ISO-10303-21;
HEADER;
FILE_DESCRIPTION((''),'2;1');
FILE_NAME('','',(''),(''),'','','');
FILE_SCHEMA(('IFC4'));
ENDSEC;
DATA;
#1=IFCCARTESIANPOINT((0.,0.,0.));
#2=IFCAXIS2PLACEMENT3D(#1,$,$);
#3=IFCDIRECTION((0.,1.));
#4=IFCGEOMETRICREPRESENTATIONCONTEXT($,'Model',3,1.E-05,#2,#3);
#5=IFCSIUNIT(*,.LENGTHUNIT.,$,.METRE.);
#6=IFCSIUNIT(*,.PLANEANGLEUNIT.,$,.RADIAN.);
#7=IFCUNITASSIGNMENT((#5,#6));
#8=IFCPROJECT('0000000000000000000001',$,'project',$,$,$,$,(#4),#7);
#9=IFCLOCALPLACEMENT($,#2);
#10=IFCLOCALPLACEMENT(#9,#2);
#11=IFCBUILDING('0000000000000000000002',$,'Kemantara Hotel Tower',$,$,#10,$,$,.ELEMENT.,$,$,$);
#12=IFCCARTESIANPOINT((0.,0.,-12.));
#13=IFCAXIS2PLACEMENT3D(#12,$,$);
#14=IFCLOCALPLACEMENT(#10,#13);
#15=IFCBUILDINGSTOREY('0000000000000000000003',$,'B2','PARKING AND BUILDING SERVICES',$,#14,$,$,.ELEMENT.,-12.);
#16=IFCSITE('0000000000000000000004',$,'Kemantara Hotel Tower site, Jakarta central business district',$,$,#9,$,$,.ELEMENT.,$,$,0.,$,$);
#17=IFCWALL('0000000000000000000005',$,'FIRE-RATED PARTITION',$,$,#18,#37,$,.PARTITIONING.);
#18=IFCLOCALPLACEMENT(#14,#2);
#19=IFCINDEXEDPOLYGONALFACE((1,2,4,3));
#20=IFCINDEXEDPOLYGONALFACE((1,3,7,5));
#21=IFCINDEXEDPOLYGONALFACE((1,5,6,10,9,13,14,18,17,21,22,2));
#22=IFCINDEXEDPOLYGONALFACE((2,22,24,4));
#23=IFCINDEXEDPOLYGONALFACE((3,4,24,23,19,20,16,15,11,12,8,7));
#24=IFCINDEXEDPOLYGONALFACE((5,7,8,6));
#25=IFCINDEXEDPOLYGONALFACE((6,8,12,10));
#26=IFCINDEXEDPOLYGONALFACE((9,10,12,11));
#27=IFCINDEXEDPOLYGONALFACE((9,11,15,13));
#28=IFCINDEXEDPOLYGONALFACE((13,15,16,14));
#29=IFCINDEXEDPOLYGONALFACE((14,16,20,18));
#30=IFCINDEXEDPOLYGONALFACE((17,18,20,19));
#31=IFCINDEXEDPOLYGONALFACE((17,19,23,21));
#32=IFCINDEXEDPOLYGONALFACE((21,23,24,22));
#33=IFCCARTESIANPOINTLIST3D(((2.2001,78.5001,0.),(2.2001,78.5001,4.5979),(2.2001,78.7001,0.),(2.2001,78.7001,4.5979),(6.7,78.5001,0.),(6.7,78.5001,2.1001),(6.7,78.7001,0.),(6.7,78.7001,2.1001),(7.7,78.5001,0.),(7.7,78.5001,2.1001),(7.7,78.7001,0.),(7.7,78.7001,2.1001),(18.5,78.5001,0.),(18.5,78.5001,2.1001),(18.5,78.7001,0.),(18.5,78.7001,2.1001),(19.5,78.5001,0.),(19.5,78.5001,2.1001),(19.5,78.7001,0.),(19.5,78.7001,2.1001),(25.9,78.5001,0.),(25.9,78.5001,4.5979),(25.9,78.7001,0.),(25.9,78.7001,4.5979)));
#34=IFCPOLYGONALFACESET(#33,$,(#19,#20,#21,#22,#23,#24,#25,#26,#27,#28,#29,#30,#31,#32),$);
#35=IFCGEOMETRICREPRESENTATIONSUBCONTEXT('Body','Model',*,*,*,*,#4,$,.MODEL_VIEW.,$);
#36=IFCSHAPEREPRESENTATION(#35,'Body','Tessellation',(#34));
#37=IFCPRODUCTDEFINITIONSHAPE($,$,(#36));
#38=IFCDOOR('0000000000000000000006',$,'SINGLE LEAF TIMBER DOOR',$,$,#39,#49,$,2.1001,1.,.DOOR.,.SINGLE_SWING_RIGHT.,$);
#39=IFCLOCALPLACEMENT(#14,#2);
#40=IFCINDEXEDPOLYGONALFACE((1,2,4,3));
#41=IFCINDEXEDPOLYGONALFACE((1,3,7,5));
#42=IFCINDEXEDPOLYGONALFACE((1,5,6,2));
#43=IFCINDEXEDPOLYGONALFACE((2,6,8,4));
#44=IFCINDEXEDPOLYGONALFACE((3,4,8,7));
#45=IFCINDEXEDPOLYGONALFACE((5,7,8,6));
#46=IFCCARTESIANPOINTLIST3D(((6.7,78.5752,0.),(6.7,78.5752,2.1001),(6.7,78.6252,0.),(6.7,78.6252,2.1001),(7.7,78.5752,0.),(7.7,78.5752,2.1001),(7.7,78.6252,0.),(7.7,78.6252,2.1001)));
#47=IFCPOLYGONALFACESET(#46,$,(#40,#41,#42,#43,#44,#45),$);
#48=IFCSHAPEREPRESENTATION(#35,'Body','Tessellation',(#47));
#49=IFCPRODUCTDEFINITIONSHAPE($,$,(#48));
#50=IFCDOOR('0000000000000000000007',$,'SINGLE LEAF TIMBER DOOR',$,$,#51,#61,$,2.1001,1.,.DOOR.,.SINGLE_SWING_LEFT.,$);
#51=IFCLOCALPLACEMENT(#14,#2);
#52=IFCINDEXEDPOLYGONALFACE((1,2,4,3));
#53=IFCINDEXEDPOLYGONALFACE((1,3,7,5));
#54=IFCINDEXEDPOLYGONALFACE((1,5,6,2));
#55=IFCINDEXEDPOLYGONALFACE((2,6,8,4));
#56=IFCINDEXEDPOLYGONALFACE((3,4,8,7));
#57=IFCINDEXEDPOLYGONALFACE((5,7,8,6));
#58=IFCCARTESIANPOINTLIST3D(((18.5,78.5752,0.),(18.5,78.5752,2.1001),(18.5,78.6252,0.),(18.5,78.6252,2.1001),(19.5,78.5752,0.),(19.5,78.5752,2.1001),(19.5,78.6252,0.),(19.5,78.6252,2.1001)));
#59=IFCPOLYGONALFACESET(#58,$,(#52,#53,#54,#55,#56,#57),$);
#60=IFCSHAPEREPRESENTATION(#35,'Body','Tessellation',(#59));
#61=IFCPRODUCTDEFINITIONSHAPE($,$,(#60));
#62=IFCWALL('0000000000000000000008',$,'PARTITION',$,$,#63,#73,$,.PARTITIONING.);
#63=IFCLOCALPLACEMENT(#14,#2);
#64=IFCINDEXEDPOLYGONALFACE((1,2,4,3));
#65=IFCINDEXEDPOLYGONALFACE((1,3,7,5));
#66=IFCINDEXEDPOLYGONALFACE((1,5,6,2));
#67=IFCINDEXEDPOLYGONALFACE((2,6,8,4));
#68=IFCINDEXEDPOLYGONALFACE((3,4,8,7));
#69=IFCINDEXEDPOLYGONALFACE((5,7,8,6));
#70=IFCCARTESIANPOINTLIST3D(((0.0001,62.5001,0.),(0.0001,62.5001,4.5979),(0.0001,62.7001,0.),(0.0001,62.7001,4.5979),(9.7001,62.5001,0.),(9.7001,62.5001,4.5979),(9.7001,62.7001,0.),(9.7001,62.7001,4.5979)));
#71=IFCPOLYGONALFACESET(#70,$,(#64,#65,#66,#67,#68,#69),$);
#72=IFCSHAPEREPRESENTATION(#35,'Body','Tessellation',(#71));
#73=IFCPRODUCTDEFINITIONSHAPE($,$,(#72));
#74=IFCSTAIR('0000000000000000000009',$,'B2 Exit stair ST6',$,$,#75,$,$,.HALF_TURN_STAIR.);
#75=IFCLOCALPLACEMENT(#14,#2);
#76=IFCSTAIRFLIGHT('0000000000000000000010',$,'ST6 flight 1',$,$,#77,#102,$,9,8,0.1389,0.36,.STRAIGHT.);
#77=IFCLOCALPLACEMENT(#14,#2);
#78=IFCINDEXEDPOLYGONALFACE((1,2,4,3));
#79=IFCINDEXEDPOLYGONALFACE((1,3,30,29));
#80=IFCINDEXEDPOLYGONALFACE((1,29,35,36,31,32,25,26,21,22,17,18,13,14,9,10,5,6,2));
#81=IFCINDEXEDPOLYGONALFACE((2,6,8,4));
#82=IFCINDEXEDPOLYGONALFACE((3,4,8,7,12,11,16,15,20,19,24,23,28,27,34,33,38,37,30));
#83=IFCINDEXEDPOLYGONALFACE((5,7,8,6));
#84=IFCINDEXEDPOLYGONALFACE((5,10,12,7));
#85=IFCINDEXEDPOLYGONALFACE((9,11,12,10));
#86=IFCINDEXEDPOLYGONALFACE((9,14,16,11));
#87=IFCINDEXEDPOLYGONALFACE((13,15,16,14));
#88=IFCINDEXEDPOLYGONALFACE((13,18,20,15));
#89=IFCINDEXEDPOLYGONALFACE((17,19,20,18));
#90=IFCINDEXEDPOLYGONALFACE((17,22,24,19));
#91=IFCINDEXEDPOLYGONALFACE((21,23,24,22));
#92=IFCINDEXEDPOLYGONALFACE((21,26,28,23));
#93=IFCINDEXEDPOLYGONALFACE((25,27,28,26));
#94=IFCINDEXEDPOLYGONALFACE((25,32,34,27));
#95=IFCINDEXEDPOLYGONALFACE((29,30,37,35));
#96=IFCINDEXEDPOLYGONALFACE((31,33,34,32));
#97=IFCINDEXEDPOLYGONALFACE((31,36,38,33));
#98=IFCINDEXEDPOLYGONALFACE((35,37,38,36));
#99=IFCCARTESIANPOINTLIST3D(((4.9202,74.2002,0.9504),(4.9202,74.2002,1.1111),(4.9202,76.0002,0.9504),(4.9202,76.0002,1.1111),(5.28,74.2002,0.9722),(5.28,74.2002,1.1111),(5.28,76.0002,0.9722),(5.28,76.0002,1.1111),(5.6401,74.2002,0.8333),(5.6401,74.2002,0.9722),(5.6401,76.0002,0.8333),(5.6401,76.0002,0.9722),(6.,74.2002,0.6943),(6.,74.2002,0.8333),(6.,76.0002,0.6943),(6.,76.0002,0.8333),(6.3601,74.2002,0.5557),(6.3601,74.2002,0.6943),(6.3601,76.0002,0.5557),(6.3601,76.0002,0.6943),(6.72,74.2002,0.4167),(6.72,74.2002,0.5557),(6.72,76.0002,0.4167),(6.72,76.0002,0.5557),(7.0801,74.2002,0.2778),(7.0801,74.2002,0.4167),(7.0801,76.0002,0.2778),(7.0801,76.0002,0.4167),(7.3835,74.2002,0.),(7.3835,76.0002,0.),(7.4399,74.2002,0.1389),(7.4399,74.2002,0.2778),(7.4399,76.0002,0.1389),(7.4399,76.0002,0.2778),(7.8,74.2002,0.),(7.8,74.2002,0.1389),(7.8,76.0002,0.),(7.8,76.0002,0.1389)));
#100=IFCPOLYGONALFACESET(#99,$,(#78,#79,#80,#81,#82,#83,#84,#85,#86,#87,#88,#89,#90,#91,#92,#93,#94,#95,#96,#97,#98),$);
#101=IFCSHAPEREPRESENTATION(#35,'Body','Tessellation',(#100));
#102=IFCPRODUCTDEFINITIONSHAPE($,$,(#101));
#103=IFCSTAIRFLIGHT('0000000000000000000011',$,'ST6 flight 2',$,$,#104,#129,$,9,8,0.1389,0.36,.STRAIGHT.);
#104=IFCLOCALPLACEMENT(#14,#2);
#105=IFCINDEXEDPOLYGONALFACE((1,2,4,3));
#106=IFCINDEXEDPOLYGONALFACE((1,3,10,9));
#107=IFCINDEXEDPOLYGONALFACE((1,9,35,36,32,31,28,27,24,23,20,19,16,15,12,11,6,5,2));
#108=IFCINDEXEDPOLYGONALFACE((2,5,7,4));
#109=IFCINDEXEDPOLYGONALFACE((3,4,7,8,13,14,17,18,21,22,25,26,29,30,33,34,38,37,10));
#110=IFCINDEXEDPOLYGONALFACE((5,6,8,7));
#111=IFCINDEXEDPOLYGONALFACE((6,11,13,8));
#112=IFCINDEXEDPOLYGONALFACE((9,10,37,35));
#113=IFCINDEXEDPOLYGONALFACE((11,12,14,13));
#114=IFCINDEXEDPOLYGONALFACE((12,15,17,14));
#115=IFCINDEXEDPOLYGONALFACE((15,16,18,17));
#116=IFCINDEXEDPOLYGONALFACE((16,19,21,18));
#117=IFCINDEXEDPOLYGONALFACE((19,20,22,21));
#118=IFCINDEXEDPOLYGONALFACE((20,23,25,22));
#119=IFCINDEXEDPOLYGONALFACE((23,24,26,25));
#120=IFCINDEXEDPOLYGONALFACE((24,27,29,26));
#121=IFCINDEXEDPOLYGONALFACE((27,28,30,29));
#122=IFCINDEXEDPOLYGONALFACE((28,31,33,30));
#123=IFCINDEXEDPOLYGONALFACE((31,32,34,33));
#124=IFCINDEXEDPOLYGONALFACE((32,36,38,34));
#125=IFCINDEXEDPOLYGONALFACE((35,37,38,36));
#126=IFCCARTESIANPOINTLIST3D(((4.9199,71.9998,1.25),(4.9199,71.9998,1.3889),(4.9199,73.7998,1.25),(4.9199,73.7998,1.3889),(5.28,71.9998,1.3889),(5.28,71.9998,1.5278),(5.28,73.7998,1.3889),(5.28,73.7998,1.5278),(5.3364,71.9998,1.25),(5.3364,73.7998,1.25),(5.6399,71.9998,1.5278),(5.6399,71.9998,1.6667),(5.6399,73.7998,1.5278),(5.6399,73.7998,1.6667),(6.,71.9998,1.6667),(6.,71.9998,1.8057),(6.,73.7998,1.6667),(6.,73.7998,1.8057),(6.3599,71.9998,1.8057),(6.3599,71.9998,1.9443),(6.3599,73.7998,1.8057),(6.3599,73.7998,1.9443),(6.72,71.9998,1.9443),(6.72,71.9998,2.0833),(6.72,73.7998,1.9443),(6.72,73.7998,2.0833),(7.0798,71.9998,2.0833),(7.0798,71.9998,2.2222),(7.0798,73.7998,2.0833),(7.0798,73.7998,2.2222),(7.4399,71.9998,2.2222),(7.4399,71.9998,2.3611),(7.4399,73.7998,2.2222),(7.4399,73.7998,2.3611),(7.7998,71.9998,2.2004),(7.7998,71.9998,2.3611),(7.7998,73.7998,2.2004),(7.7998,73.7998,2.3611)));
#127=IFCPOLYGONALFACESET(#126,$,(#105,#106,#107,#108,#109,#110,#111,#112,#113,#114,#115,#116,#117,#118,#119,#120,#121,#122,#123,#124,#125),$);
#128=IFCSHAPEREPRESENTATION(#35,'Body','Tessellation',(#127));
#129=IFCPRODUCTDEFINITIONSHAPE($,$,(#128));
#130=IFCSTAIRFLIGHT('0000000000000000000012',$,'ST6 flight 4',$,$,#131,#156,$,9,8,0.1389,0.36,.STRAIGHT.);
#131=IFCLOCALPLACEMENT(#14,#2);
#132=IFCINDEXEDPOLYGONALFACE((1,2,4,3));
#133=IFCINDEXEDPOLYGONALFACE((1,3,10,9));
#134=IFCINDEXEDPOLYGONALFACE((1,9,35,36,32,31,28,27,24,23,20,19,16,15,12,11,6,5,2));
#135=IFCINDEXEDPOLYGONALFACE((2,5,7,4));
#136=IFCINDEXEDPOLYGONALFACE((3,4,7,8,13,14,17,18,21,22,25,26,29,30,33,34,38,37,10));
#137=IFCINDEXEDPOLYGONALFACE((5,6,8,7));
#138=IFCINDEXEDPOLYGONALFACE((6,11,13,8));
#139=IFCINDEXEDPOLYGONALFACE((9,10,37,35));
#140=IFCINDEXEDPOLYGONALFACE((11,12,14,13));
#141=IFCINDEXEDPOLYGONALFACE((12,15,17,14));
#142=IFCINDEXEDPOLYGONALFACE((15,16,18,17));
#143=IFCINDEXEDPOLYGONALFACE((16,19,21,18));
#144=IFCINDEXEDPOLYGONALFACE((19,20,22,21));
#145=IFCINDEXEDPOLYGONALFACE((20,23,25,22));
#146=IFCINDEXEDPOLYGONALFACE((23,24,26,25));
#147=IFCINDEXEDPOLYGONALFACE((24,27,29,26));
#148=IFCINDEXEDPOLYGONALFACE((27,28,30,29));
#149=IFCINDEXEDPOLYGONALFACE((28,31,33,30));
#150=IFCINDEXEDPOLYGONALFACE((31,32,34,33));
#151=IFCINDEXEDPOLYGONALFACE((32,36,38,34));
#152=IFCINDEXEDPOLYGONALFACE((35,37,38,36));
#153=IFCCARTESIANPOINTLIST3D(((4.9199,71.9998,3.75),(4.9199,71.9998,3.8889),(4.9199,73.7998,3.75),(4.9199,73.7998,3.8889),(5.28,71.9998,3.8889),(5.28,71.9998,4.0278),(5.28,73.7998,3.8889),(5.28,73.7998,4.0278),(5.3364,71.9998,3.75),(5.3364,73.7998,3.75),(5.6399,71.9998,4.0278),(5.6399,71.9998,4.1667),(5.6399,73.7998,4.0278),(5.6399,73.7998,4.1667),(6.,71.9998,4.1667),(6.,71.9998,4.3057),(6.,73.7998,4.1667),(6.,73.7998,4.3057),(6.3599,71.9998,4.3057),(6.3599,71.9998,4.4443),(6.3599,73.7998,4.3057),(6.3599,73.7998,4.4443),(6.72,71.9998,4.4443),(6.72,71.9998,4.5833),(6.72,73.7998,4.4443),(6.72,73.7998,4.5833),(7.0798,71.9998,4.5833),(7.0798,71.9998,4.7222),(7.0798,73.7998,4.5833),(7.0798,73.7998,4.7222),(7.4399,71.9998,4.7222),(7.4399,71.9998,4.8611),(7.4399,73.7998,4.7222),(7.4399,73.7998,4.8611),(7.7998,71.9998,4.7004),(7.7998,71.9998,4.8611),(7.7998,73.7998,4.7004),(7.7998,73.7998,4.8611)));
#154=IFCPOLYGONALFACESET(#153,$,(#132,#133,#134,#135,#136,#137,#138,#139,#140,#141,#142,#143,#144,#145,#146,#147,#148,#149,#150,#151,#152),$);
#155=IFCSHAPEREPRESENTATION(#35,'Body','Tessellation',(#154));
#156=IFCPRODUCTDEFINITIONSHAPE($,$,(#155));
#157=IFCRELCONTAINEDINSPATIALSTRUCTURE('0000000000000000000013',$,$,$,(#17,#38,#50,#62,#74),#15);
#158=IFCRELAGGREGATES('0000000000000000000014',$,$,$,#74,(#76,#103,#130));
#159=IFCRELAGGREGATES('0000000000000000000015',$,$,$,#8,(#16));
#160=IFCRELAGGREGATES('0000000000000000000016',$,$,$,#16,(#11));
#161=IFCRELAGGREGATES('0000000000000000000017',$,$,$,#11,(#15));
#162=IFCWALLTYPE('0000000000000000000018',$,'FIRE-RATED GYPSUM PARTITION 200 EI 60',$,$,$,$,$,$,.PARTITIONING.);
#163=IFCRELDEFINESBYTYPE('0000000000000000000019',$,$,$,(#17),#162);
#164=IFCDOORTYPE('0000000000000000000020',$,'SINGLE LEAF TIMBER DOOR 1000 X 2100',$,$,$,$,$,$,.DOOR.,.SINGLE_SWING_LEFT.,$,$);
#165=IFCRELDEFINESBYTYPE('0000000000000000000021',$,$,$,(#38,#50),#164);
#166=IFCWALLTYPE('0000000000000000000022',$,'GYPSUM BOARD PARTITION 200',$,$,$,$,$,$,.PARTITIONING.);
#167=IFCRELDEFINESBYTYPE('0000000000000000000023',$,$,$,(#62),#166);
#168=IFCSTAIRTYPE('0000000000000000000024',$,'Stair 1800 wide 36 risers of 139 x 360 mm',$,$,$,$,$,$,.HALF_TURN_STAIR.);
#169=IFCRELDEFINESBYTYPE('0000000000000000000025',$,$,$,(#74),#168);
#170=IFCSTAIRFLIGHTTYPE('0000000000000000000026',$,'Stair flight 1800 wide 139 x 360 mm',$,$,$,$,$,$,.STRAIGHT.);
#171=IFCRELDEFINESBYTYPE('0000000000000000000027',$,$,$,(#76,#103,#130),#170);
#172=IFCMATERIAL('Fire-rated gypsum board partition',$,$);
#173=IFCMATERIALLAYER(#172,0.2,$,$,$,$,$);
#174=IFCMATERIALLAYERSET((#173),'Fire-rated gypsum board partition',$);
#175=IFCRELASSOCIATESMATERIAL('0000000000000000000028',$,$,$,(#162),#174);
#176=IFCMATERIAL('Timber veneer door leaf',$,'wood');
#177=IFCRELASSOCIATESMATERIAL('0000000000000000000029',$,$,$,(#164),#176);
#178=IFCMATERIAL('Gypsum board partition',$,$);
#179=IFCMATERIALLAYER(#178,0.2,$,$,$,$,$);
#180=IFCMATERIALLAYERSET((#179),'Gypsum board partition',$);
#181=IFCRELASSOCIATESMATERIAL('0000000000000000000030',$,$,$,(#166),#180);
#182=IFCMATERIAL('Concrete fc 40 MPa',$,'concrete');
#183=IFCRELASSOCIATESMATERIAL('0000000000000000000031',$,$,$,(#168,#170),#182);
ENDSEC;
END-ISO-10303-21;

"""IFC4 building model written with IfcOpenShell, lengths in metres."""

from ifc_helpers import new_model, si_unit, direction, frame, frame_2d, origin, place, context, subcontext, project, spatial, polyline, rectangle, outline, extrude, material, layer, layer_set, type_object, element, fill, aggregate, save


model = new_model("IFC4")

# Units and contexts
model_context = context("Model", 3, precision=1e-05, world=origin(), true_north=direction((0.0, 1.0)))
body_context = subcontext(model_context, "Body", "Model", "MODEL_VIEW")
ifc_project = project(units=[si_unit("LENGTHUNIT", "METRE"), si_unit("PLANEANGLEUNIT", "RADIAN")], contexts=[model_context])

# Site, building, storey
site_placement = place(None, origin())
site = spatial("IfcSite", under=ifc_project, at=site_placement, Name="Kemantara Hotel Tower site, Jakarta central business district", CompositionType="ELEMENT", RefElevation=0.0)
building_placement = place(site_placement, origin())
building = spatial("IfcBuilding", under=site, at=building_placement, Name="Kemantara Hotel Tower", CompositionType="ELEMENT")
storey_placement = place(building_placement, frame((0.0, 0.0, -12.0)))
storey = spatial("IfcBuildingStorey", under=building, at=storey_placement, Name="B2", Description="PARKING AND BUILDING SERVICES", CompositionType="ELEMENT", Elevation=-12.0)

# Shared definitions
ifc_material_1 = material(Name="Concrete fc 40 MPa", Category="concrete")

# Wall, openings, doors
ifc_material_2 = material(Name="Fire-rated gypsum board partition")
ifc_layer_1 = layer(ifc_material_2, 0.2)
ifc_layer_set_1 = layer_set([ifc_layer_1], Name="Fire-rated gypsum board partition")
wall_type_1 = type_object("IfcWallType", Name="FIRE-RATED GYPSUM PARTITION 200 EI 60", PredefinedType="PARTITIONING", material=ifc_layer_set_1)
wall_1_placement = place(storey_placement, frame((2.2, 78.6001, 0.0), z_axis=(0.0, 0.0, 1.0), x_axis=(1.0, 0.0, 0.0)))
wall_1 = element("IfcWall", 1, at=wall_1_placement, inside=storey, type_object=wall_type_1, Name="FIRE-RATED PARTITION", PredefinedType="PARTITIONING", context=body_context, shape_type="SweptSolid", body=[
    extrude(rectangle(XDim=23.7, YDim=0.2, at=frame_2d((11.8501, 0.0))), origin(), (0.0, 0.0, 1.0), 4.5979),
])
opening_1_placement = place(wall_1_placement, frame((4.5, 0.0, 0.0)))
opening_1 = element("IfcOpeningElement", 2, at=opening_1_placement, cuts=wall_1, PredefinedType="OPENING", context=body_context, shape_type="SweptSolid", body=[
    extrude(rectangle(XDim=1.0, YDim=2.1001, at=frame_2d((0.5, 1.05))), frame((0.0, 0.1099, 0.0), z_axis=(0.0, -1.0, 0.0), x_axis=(1.0, 0.0, 0.0)), (0.0, 0.0, 1.0), 0.22),
])
opening_2_placement = place(wall_1_placement, frame((16.3, 0.0, 0.0)))
opening_2 = element("IfcOpeningElement", 3, at=opening_2_placement, cuts=wall_1, PredefinedType="OPENING", context=body_context, shape_type="SweptSolid", body=[
    extrude(rectangle(XDim=1.0, YDim=2.1001, at=frame_2d((0.5, 1.05))), frame((0.0, 0.1099, 0.0), z_axis=(0.0, -1.0, 0.0), x_axis=(1.0, 0.0, 0.0)), (0.0, 0.0, 1.0), 0.22),
])
ifc_material_3 = material(Name="Timber veneer door leaf", Category="wood")
door_type = type_object("IfcDoorType", Name="SINGLE LEAF TIMBER DOOR 1000 X 2100", OperationType="SINGLE_SWING_LEFT", PredefinedType="DOOR", material=ifc_material_3)
door_1_placement = place(opening_1_placement, frame((1.0, 0.0, 0.0), z_axis=(0.0, 0.0, 1.0), x_axis=(-1.0, 0.0, 0.0)))
door_1 = element("IfcDoor", 4, at=door_1_placement, inside=storey, type_object=door_type, Name="SINGLE LEAF TIMBER DOOR", OperationType="SINGLE_SWING_RIGHT", OverallHeight=2.1001, OverallWidth=1.0, PredefinedType="DOOR", context=body_context, shape_type="SweptSolid", body=[
    extrude(rectangle(XDim=1.0, YDim=2.1001, at=frame_2d((0.5, 1.05))), frame((0.0, 0.0249, 0.0), z_axis=(0.0, -1.0, 0.0), x_axis=(1.0, 0.0, 0.0)), (0.0, 0.0, 1.0), 0.05),
])
fill(opening_1, door_1)
door_2_placement = place(opening_2_placement, frame((1.0, 0.0, 0.0), z_axis=(0.0, 0.0, 1.0), x_axis=(-1.0, 0.0, 0.0)))
door_2 = element("IfcDoor", 5, at=door_2_placement, inside=storey, type_object=door_type, Name="SINGLE LEAF TIMBER DOOR", OperationType="SINGLE_SWING_LEFT", OverallHeight=2.1001, OverallWidth=1.0, PredefinedType="DOOR", context=body_context, shape_type="SweptSolid", body=[
    extrude(rectangle(XDim=1.0, YDim=2.1001, at=frame_2d((0.5, 1.05))), frame((0.0, 0.0249, 0.0), z_axis=(0.0, -1.0, 0.0), x_axis=(1.0, 0.0, 0.0)), (0.0, 0.0, 1.0), 0.05),
])
fill(opening_2, door_2)

# Wall
ifc_material_4 = material(Name="Gypsum board partition")
ifc_layer_2 = layer(ifc_material_4, 0.2)
ifc_layer_set_2 = layer_set([ifc_layer_2], Name="Gypsum board partition")
wall_type_2 = type_object("IfcWallType", Name="GYPSUM BOARD PARTITION 200", PredefinedType="PARTITIONING", material=ifc_layer_set_2)
wall_2_placement = place(storey_placement, frame((0.0, 62.6001, 0.0), z_axis=(0.0, 0.0, 1.0), x_axis=(1.0, 0.0, 0.0)))
element("IfcWall", 6, at=wall_2_placement, inside=storey, type_object=wall_type_2, Name="PARTITION", PredefinedType="PARTITIONING", context=body_context, shape_type="SweptSolid", body=[
    extrude(rectangle(XDim=9.7, YDim=0.2, at=frame_2d((4.8501, 0.0))), origin(), (0.0, 0.0, 1.0), 4.5979),
])

# Stair, stair flights
stair_type = type_object("IfcStairType", Name="Stair 1800 wide 36 risers of 139 x 360 mm", PredefinedType="HALF_TURN_STAIR", material=ifc_material_1)
stair_placement = place(storey_placement, origin())
stair = element("IfcStair", 7, at=stair_placement, inside=storey, type_object=stair_type, Name="B2 Exit stair ST6", PredefinedType="HALF_TURN_STAIR")
stair_flight_type = type_object("IfcStairFlightType", Name="Stair flight 1800 wide 139 x 360 mm", PredefinedType="STRAIGHT", material=ifc_material_1)
stair_flight_1_placement = place(storey_placement, frame((7.8, 75.1001, 0.0), z_axis=(0.0, 0.0, 1.0), x_axis=(-1.0, 0.0, 0.0)))
stair_flight_1 = element("IfcStairFlight", 8, at=stair_flight_1_placement, type_object=stair_flight_type, Name="ST6 flight 1", NumberOfRisers=9, NumberOfTreads=8, PredefinedType="STRAIGHT", RiserHeight=0.1389, TreadLength=0.36, context=body_context, shape_type="SweptSolid", body=[
    extrude(outline(polyline([(0.0, 0.0), (0.0, 0.1389), (0.3601, 0.1389), (0.3601, 0.2778), (0.72, 0.2778), (0.72, 0.4167), (1.0801, 0.4167), (1.0801, 0.5557), (1.4399, 0.5557), (1.4399, 0.6943), (1.8, 0.6943), (1.8, 0.8333), (2.1599, 0.8333), (2.1599, 0.9722), (2.52, 0.9722), (2.52, 1.1111), (2.8799, 1.1111), (2.8799, 1.25), (2.8799, 0.9504), (0.4165, 0.0), (0.0, 0.0)])), frame((0.0, 0.8999, 0.0), z_axis=(0.0, -1.0, 0.0), x_axis=(1.0, 0.0, 0.0)), (0.0, 0.0, 1.0), 1.8),
])
stair_flight_2_placement = place(storey_placement, frame((4.9199, 72.8999, 1.25), z_axis=(0.0, 0.0, 1.0), x_axis=(1.0, 0.0, 0.0)))
stair_flight_2 = element("IfcStairFlight", 9, at=stair_flight_2_placement, type_object=stair_flight_type, Name="ST6 flight 2", NumberOfRisers=9, NumberOfTreads=8, PredefinedType="STRAIGHT", RiserHeight=0.1389, TreadLength=0.36, context=body_context, shape_type="SweptSolid", body=[
    extrude(outline(polyline([(0.0, 0.0), (0.0, 0.1389), (0.3601, 0.1389), (0.3601, 0.2778), (0.72, 0.2778), (0.72, 0.4167), (1.0801, 0.4167), (1.0801, 0.5557), (1.4399, 0.5557), (1.4399, 0.6943), (1.8, 0.6943), (1.8, 0.8333), (2.1599, 0.8333), (2.1599, 0.9722), (2.52, 0.9722), (2.52, 1.1111), (2.8799, 1.1111), (2.8799, 1.25), (2.8799, 0.9504), (0.4165, 0.0), (0.0, 0.0)])), frame((0.0, 0.8999, 0.0), z_axis=(0.0, -1.0, 0.0), x_axis=(1.0, 0.0, 0.0)), (0.0, 0.0, 1.0), 1.8),
])
stair_flight_3_placement = place(storey_placement, frame((4.9199, 72.8999, 3.75), z_axis=(0.0, 0.0, 1.0), x_axis=(1.0, 0.0, 0.0)))
stair_flight_3 = element("IfcStairFlight", 10, at=stair_flight_3_placement, type_object=stair_flight_type, Name="ST6 flight 4", NumberOfRisers=9, NumberOfTreads=8, PredefinedType="STRAIGHT", RiserHeight=0.1389, TreadLength=0.36, context=body_context, shape_type="SweptSolid", body=[
    extrude(outline(polyline([(0.0, 0.0), (0.0, 0.1389), (0.3601, 0.1389), (0.3601, 0.2778), (0.72, 0.2778), (0.72, 0.4167), (1.0801, 0.4167), (1.0801, 0.5557), (1.4399, 0.5557), (1.4399, 0.6943), (1.8, 0.6943), (1.8, 0.8333), (2.1599, 0.8333), (2.1599, 0.9722), (2.52, 0.9722), (2.52, 1.1111), (2.8799, 1.1111), (2.8799, 1.25), (2.8799, 0.9504), (0.4165, 0.0), (0.0, 0.0)])), frame((0.0, 0.8999, 0.0), z_axis=(0.0, -1.0, 0.0), x_axis=(1.0, 0.0, 0.0)), (0.0, 0.0, 1.0), 1.8),
])
aggregate(stair, [stair_flight_1, stair_flight_2, stair_flight_3])

save(model, "model.ifc")
